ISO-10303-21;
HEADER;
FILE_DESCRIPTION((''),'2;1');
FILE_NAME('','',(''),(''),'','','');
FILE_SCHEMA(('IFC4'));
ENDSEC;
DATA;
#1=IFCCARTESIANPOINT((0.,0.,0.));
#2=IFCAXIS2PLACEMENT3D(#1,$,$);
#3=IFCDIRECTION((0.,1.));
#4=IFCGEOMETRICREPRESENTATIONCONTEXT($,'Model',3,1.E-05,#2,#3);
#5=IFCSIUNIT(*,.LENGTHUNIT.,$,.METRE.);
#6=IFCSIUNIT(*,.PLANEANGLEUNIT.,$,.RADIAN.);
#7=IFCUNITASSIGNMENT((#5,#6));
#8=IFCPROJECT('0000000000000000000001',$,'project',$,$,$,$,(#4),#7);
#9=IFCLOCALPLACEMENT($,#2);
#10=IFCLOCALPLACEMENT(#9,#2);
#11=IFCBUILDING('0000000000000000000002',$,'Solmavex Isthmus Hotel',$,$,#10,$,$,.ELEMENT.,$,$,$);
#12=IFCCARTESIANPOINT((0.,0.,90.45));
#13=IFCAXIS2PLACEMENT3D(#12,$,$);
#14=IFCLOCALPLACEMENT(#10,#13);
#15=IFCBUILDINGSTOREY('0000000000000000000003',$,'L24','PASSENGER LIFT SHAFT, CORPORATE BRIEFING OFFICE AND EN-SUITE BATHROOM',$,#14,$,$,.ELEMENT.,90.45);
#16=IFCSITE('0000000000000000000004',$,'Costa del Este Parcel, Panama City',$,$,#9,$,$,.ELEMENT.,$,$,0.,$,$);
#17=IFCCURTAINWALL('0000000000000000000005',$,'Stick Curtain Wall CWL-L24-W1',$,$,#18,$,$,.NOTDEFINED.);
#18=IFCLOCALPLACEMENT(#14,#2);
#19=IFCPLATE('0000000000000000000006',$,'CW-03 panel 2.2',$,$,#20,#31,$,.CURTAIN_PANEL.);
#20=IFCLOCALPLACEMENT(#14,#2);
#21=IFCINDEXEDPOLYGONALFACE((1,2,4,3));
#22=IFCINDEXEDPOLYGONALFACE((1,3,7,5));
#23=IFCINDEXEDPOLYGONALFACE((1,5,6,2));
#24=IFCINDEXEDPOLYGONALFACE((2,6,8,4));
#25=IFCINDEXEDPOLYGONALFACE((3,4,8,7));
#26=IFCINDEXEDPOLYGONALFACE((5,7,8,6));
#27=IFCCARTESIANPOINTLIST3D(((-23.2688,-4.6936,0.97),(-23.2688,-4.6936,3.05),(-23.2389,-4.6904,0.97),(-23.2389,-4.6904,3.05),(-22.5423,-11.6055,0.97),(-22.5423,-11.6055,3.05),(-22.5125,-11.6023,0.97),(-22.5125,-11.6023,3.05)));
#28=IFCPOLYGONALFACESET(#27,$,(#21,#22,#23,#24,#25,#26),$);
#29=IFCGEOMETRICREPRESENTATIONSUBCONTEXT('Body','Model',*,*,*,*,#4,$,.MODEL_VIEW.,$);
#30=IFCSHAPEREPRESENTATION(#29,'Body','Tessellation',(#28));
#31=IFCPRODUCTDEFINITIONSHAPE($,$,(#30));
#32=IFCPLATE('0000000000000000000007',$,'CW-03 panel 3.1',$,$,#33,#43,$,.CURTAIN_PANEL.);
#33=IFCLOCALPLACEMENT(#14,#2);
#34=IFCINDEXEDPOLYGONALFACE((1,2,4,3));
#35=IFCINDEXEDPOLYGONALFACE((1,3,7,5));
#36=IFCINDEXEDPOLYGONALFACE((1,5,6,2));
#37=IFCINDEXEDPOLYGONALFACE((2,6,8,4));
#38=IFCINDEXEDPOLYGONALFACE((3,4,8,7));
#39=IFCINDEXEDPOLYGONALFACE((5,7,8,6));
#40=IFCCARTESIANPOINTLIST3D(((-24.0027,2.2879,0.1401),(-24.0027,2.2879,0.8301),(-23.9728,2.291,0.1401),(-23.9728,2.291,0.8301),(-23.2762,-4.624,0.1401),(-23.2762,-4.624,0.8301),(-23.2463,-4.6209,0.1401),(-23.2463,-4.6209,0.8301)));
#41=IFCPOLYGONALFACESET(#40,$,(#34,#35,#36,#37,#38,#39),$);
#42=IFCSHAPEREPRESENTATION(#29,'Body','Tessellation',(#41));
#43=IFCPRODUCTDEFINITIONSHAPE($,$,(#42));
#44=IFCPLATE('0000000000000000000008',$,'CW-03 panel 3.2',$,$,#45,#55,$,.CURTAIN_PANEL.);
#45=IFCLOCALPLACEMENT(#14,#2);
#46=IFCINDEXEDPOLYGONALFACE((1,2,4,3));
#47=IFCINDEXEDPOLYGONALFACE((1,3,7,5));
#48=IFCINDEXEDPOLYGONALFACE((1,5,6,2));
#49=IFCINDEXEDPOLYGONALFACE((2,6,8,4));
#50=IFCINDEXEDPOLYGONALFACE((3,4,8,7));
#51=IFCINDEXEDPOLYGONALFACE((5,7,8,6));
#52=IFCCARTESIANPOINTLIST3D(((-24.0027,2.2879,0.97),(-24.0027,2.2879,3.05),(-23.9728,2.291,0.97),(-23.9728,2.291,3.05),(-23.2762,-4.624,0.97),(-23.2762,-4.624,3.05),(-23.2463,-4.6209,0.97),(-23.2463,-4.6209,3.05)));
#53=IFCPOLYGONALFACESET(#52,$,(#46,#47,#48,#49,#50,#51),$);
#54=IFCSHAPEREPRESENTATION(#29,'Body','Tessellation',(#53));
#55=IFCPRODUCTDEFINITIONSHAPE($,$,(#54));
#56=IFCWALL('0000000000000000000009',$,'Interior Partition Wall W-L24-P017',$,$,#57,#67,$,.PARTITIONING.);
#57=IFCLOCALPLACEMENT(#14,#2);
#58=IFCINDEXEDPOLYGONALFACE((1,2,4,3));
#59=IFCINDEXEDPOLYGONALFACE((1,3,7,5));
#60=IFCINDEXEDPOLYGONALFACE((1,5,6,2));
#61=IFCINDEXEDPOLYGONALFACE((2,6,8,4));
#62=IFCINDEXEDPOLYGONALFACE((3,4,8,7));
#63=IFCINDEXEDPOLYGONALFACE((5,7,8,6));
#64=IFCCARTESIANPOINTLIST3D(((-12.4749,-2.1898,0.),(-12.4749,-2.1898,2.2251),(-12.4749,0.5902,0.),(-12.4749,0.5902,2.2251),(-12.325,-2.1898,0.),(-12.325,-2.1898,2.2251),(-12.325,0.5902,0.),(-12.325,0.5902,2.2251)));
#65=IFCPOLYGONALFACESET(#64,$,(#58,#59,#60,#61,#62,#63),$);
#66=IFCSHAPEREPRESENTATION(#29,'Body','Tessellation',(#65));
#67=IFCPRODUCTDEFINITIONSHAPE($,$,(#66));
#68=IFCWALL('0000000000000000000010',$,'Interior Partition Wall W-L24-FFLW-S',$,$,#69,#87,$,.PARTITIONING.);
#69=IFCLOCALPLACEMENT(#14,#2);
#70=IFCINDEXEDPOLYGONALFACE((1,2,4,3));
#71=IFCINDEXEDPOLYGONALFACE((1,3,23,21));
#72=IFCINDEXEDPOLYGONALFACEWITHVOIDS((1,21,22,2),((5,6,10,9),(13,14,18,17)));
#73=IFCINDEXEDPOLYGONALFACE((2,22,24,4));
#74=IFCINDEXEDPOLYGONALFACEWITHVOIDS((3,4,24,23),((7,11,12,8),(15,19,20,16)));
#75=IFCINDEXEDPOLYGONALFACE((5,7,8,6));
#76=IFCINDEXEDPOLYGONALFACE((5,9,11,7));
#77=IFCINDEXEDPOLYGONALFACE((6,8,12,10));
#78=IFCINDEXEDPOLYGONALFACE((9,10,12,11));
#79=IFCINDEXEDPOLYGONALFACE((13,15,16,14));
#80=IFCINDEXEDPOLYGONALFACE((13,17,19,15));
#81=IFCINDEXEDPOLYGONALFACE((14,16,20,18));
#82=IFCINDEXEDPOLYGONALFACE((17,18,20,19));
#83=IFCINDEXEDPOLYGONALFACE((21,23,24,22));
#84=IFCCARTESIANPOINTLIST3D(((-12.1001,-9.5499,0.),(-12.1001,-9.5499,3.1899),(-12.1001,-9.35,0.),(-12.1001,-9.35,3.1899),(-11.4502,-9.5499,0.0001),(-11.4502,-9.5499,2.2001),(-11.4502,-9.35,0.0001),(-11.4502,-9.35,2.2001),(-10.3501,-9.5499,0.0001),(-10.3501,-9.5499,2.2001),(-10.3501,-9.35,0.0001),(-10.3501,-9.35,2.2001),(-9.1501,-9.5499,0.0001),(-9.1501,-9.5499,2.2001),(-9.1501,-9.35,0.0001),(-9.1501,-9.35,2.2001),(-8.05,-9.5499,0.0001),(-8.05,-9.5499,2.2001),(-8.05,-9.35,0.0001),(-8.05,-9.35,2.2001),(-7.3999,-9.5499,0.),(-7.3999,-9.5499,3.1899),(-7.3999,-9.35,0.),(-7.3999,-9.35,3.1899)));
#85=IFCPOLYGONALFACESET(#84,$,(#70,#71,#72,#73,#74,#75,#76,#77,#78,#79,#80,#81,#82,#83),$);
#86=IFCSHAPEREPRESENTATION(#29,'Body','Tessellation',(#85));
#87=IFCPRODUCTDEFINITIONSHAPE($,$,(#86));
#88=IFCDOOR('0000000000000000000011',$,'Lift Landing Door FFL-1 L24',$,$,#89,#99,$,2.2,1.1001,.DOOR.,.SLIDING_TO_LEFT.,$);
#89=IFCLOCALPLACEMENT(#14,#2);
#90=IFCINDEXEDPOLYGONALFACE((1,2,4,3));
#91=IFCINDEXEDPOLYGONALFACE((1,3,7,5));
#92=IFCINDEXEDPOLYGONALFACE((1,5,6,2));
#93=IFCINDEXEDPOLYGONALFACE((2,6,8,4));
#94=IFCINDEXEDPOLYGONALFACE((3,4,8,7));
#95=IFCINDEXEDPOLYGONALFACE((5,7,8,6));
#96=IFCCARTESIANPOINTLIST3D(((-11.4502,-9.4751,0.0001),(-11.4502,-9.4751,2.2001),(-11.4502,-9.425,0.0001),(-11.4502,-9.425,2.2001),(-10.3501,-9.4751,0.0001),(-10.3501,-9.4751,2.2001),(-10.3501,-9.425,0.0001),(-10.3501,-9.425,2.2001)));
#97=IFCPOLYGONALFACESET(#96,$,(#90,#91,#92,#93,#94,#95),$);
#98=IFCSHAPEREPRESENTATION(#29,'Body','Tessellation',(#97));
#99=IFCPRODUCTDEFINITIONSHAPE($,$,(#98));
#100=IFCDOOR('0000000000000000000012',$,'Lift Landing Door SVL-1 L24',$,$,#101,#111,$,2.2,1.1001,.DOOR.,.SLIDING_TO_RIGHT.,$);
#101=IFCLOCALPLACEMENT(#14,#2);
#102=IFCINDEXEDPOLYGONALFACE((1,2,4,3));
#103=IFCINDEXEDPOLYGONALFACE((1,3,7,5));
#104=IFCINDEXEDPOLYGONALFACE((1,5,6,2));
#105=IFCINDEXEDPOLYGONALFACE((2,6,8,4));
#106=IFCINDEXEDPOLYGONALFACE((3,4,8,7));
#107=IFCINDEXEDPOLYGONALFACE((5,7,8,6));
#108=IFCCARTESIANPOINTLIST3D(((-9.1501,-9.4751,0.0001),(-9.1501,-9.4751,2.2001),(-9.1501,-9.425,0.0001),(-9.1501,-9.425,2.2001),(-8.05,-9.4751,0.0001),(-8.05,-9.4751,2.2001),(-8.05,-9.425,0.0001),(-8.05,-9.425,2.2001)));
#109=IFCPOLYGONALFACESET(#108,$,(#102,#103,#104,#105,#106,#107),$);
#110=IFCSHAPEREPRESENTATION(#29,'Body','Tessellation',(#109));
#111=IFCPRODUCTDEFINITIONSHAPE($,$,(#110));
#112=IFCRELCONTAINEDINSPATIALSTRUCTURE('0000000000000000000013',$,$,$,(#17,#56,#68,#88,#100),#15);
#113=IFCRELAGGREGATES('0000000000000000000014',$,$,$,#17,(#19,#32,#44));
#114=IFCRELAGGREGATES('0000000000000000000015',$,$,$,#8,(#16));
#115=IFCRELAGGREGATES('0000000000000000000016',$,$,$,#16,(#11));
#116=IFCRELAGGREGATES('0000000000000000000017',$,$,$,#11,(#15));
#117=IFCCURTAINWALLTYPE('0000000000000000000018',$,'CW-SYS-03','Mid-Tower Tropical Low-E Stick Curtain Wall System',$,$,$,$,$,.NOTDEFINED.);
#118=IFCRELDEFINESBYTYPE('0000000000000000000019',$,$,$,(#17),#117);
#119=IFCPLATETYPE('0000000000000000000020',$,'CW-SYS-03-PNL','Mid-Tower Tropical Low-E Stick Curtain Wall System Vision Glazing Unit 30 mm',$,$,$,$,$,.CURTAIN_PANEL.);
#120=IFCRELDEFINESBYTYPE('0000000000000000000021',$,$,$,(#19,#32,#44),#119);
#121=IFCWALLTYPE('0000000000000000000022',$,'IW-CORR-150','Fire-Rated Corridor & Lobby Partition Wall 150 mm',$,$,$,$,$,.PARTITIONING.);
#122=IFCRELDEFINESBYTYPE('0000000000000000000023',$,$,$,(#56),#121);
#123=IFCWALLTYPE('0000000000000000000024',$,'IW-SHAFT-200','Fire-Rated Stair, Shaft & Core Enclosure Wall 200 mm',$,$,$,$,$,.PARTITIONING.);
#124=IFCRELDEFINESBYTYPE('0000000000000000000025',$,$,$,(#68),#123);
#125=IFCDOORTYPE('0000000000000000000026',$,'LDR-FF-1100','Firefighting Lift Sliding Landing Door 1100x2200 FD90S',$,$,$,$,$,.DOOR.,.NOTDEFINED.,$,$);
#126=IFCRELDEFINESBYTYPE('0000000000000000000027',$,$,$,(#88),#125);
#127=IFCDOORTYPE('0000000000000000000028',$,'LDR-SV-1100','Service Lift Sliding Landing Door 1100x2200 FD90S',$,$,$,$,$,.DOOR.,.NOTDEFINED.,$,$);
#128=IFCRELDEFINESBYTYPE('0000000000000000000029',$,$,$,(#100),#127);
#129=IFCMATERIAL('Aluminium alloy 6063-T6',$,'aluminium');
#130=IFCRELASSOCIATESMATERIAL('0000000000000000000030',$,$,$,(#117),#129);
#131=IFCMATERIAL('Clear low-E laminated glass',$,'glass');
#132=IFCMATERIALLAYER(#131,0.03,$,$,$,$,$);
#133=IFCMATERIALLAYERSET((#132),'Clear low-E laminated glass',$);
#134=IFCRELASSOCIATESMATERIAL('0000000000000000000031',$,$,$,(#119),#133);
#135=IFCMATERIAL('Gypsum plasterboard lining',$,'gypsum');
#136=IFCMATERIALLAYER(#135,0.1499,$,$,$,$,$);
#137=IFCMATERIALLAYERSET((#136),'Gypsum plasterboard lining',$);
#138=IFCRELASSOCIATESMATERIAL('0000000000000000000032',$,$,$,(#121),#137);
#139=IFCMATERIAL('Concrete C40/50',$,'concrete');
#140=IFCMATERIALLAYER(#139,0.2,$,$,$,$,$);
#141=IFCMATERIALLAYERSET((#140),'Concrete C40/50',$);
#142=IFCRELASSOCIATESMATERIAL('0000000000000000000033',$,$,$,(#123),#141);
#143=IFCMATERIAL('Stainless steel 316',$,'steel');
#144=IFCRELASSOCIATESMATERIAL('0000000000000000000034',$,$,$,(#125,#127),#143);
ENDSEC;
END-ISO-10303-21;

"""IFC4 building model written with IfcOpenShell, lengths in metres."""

from ifc_helpers import new_model, si_unit, direction, frame, frame_2d, origin, origin_2d, place, context, subcontext, project, spatial, rectangle, extrude, material, layer, layer_set, type_object, element, fill, aggregate, save


model = new_model("IFC4")

# Units and contexts
model_context = context("Model", 3, precision=1e-05, world=origin(), true_north=direction((0.0, 1.0)))
body_context = subcontext(model_context, "Body", "Model", "MODEL_VIEW")
ifc_project = project(units=[si_unit("LENGTHUNIT", "METRE"), si_unit("PLANEANGLEUNIT", "RADIAN")], contexts=[model_context])

# Site, building, storey
site_placement = place(None, origin())
site = spatial("IfcSite", under=ifc_project, at=site_placement, Name="Costa del Este Parcel, Panama City", CompositionType="ELEMENT", RefElevation=0.0)
building_placement = place(site_placement, origin())
building = spatial("IfcBuilding", under=site, at=building_placement, Name="Solmavex Isthmus Hotel", CompositionType="ELEMENT")
storey_placement = place(building_placement, frame((0.0, 0.0, 90.45)))
storey = spatial("IfcBuildingStorey", under=building, at=storey_placement, Name="L24", Description="PASSENGER LIFT SHAFT, CORPORATE BRIEFING OFFICE AND EN-SUITE BATHROOM", CompositionType="ELEMENT", Elevation=90.45)

# Curtain wall, plates
ifc_material_1 = material(Name="Aluminium alloy 6063-T6", Category="aluminium")
curtain_wall_type = type_object("IfcCurtainWallType", Name="CW-SYS-03", Description="Mid-Tower Tropical Low-E Stick Curtain Wall System", PredefinedType="NOTDEFINED", material=ifc_material_1)
curtain_wall_placement = place(storey_placement, origin())
curtain_wall = element("IfcCurtainWall", 1, at=curtain_wall_placement, inside=storey, type_object=curtain_wall_type, Name="Stick Curtain Wall CWL-L24-W1", PredefinedType="NOTDEFINED")
ifc_material_2 = material(Name="Clear low-E laminated glass", Category="glass")
ifc_layer_1 = layer(ifc_material_2, 0.03)
ifc_layer_set_1 = layer_set([ifc_layer_1], Name="Clear low-E laminated glass")
plate_type = type_object("IfcPlateType", Name="CW-SYS-03-PNL", Description="Mid-Tower Tropical Low-E Stick Curtain Wall System Vision Glazing Unit 30 mm", PredefinedType="CURTAIN_PANEL", material=ifc_layer_set_1)
plate_1_placement = place(storey_placement, frame((-22.8906, -8.1479, 0.97), z_axis=(0.0, 0.0, 1.0), x_axis=(-0.104528, 0.994522, 0.0)))
plate_1 = element("IfcPlate", 2, at=plate_1_placement, type_object=plate_type, Name="CW-03 panel 2.2", PredefinedType="CURTAIN_PANEL", context=body_context, shape_type="SweptSolid", body=[
    extrude(rectangle(XDim=6.95, YDim=0.03, at=origin_2d()), origin(), (0.0, 0.0, 1.0), 2.0801),
])
plate_2_placement = place(storey_placement, frame((-23.6245, -1.1665, 0.1401), z_axis=(0.0, 0.0, 1.0), x_axis=(-0.104528, 0.994522, 0.0)))
plate_2 = element("IfcPlate", 3, at=plate_2_placement, type_object=plate_type, Name="CW-03 panel 3.1", PredefinedType="CURTAIN_PANEL", context=body_context, shape_type="SweptSolid", body=[
    extrude(rectangle(XDim=6.95, YDim=0.03, at=origin_2d()), origin(), (0.0, 0.0, 1.0), 0.6899),
])
plate_3_placement = place(storey_placement, frame((-23.6245, -1.1665, 0.97), z_axis=(0.0, 0.0, 1.0), x_axis=(-0.104528, 0.994522, 0.0)))
plate_3 = element("IfcPlate", 4, at=plate_3_placement, type_object=plate_type, Name="CW-03 panel 3.2", PredefinedType="CURTAIN_PANEL", context=body_context, shape_type="SweptSolid", body=[
    extrude(rectangle(XDim=6.95, YDim=0.03, at=origin_2d()), origin(), (0.0, 0.0, 1.0), 2.0801),
])
aggregate(curtain_wall, [plate_1, plate_2, plate_3])

# Wall
ifc_material_3 = material(Name="Gypsum plasterboard lining", Category="gypsum")
ifc_layer_2 = layer(ifc_material_3, 0.1499)
ifc_layer_set_2 = layer_set([ifc_layer_2], Name="Gypsum plasterboard lining")
wall_type_1 = type_object("IfcWallType", Name="IW-CORR-150", Description="Fire-Rated Corridor & Lobby Partition Wall 150 mm", PredefinedType="PARTITIONING", material=ifc_layer_set_2)
wall_1_placement = place(storey_placement, frame((-12.3999, -2.1899, 0.0), z_axis=(0.0, 0.0, 1.0), x_axis=(0.0, 1.0, 0.0)))
element("IfcWall", 5, at=wall_1_placement, inside=storey, type_object=wall_type_1, Name="Interior Partition Wall W-L24-P017", PredefinedType="PARTITIONING", context=body_context, shape_type="SweptSolid", body=[
    extrude(rectangle(XDim=2.78, YDim=0.1499, at=frame_2d((1.3901, 0.0))), origin(), (0.0, 0.0, 1.0), 2.2251),
])

# Wall, openings, doors
ifc_material_4 = material(Name="Concrete C40/50", Category="concrete")
ifc_layer_3 = layer(ifc_material_4, 0.2)
ifc_layer_set_3 = layer_set([ifc_layer_3], Name="Concrete C40/50")
wall_type_2 = type_object("IfcWallType", Name="IW-SHAFT-200", Description="Fire-Rated Stair, Shaft & Core Enclosure Wall 200 mm", PredefinedType="PARTITIONING", material=ifc_layer_set_3)
wall_2_placement = place(storey_placement, frame((-12.1001, -9.45, 0.0), z_axis=(0.0, 0.0, 1.0), x_axis=(1.0, 0.0, 0.0)))
wall_2 = element("IfcWall", 6, at=wall_2_placement, inside=storey, type_object=wall_type_2, Name="Interior Partition Wall W-L24-FFLW-S", PredefinedType="PARTITIONING", context=body_context, shape_type="SweptSolid", body=[
    extrude(rectangle(XDim=4.7002, YDim=0.2, at=frame_2d((2.3501, 0.0))), origin(), (0.0, 0.0, 1.0), 3.1899),
])
opening_1_placement = place(wall_2_placement, frame((0.6499, 0.0, 0.0)))
opening_1 = element("IfcOpeningElement", 7, at=opening_1_placement, cuts=wall_2, PredefinedType="OPENING", context=body_context, shape_type="SweptSolid", body=[
    extrude(rectangle(XDim=1.1001, YDim=2.2, at=frame_2d((0.55, 1.1001))), frame((0.0, 0.1099, 0.0), z_axis=(0.0, -1.0, 0.0), x_axis=(1.0, 0.0, 0.0)), (0.0, 0.0, 1.0), 0.22),
])
opening_2_placement = place(wall_2_placement, frame((2.95, 0.0, 0.0)))
opening_2 = element("IfcOpeningElement", 8, at=opening_2_placement, cuts=wall_2, PredefinedType="OPENING", context=body_context, shape_type="SweptSolid", body=[
    extrude(rectangle(XDim=1.1001, YDim=2.2, at=frame_2d((0.55, 1.1001))), frame((0.0, 0.1099, 0.0), z_axis=(0.0, -1.0, 0.0), x_axis=(1.0, 0.0, 0.0)), (0.0, 0.0, 1.0), 0.22),
])
ifc_material_5 = material(Name="Stainless steel 316", Category="steel")
door_type_1 = type_object("IfcDoorType", Name="LDR-FF-1100", Description="Firefighting Lift Sliding Landing Door 1100x2200 FD90S", OperationType="NOTDEFINED", PredefinedType="DOOR", material=ifc_material_5)
door_1_placement = place(opening_1_placement, origin())
door_1 = element("IfcDoor", 9, at=door_1_placement, inside=storey, type_object=door_type_1, Name="Lift Landing Door FFL-1 L24", OperationType="SLIDING_TO_LEFT", OverallHeight=2.2, OverallWidth=1.1001, PredefinedType="DOOR", context=body_context, shape_type="SweptSolid", body=[
    extrude(rectangle(XDim=1.1001, YDim=2.2, at=frame_2d((0.55, 1.1001))), frame((0.0, 0.0249, 0.0), z_axis=(0.0, -1.0, 0.0), x_axis=(1.0, 0.0, 0.0)), (0.0, 0.0, 1.0), 0.05),
])
fill(opening_1, door_1)
door_type_2 = type_object("IfcDoorType", Name="LDR-SV-1100", Description="Service Lift Sliding Landing Door 1100x2200 FD90S", OperationType="NOTDEFINED", PredefinedType="DOOR", material=ifc_material_5)
door_2_placement = place(opening_2_placement, origin())
door_2 = element("IfcDoor", 10, at=door_2_placement, inside=storey, type_object=door_type_2, Name="Lift Landing Door SVL-1 L24", OperationType="SLIDING_TO_RIGHT", OverallHeight=2.2, OverallWidth=1.1001, PredefinedType="DOOR", context=body_context, shape_type="SweptSolid", body=[
    extrude(rectangle(XDim=1.1001, YDim=2.2, at=frame_2d((0.55, 1.1001))), frame((0.0, 0.0249, 0.0), z_axis=(0.0, -1.0, 0.0), x_axis=(1.0, 0.0, 0.0)), (0.0, 0.0, 1.0), 0.05),
])
fill(opening_2, door_2)

save(model, "model.ifc")
